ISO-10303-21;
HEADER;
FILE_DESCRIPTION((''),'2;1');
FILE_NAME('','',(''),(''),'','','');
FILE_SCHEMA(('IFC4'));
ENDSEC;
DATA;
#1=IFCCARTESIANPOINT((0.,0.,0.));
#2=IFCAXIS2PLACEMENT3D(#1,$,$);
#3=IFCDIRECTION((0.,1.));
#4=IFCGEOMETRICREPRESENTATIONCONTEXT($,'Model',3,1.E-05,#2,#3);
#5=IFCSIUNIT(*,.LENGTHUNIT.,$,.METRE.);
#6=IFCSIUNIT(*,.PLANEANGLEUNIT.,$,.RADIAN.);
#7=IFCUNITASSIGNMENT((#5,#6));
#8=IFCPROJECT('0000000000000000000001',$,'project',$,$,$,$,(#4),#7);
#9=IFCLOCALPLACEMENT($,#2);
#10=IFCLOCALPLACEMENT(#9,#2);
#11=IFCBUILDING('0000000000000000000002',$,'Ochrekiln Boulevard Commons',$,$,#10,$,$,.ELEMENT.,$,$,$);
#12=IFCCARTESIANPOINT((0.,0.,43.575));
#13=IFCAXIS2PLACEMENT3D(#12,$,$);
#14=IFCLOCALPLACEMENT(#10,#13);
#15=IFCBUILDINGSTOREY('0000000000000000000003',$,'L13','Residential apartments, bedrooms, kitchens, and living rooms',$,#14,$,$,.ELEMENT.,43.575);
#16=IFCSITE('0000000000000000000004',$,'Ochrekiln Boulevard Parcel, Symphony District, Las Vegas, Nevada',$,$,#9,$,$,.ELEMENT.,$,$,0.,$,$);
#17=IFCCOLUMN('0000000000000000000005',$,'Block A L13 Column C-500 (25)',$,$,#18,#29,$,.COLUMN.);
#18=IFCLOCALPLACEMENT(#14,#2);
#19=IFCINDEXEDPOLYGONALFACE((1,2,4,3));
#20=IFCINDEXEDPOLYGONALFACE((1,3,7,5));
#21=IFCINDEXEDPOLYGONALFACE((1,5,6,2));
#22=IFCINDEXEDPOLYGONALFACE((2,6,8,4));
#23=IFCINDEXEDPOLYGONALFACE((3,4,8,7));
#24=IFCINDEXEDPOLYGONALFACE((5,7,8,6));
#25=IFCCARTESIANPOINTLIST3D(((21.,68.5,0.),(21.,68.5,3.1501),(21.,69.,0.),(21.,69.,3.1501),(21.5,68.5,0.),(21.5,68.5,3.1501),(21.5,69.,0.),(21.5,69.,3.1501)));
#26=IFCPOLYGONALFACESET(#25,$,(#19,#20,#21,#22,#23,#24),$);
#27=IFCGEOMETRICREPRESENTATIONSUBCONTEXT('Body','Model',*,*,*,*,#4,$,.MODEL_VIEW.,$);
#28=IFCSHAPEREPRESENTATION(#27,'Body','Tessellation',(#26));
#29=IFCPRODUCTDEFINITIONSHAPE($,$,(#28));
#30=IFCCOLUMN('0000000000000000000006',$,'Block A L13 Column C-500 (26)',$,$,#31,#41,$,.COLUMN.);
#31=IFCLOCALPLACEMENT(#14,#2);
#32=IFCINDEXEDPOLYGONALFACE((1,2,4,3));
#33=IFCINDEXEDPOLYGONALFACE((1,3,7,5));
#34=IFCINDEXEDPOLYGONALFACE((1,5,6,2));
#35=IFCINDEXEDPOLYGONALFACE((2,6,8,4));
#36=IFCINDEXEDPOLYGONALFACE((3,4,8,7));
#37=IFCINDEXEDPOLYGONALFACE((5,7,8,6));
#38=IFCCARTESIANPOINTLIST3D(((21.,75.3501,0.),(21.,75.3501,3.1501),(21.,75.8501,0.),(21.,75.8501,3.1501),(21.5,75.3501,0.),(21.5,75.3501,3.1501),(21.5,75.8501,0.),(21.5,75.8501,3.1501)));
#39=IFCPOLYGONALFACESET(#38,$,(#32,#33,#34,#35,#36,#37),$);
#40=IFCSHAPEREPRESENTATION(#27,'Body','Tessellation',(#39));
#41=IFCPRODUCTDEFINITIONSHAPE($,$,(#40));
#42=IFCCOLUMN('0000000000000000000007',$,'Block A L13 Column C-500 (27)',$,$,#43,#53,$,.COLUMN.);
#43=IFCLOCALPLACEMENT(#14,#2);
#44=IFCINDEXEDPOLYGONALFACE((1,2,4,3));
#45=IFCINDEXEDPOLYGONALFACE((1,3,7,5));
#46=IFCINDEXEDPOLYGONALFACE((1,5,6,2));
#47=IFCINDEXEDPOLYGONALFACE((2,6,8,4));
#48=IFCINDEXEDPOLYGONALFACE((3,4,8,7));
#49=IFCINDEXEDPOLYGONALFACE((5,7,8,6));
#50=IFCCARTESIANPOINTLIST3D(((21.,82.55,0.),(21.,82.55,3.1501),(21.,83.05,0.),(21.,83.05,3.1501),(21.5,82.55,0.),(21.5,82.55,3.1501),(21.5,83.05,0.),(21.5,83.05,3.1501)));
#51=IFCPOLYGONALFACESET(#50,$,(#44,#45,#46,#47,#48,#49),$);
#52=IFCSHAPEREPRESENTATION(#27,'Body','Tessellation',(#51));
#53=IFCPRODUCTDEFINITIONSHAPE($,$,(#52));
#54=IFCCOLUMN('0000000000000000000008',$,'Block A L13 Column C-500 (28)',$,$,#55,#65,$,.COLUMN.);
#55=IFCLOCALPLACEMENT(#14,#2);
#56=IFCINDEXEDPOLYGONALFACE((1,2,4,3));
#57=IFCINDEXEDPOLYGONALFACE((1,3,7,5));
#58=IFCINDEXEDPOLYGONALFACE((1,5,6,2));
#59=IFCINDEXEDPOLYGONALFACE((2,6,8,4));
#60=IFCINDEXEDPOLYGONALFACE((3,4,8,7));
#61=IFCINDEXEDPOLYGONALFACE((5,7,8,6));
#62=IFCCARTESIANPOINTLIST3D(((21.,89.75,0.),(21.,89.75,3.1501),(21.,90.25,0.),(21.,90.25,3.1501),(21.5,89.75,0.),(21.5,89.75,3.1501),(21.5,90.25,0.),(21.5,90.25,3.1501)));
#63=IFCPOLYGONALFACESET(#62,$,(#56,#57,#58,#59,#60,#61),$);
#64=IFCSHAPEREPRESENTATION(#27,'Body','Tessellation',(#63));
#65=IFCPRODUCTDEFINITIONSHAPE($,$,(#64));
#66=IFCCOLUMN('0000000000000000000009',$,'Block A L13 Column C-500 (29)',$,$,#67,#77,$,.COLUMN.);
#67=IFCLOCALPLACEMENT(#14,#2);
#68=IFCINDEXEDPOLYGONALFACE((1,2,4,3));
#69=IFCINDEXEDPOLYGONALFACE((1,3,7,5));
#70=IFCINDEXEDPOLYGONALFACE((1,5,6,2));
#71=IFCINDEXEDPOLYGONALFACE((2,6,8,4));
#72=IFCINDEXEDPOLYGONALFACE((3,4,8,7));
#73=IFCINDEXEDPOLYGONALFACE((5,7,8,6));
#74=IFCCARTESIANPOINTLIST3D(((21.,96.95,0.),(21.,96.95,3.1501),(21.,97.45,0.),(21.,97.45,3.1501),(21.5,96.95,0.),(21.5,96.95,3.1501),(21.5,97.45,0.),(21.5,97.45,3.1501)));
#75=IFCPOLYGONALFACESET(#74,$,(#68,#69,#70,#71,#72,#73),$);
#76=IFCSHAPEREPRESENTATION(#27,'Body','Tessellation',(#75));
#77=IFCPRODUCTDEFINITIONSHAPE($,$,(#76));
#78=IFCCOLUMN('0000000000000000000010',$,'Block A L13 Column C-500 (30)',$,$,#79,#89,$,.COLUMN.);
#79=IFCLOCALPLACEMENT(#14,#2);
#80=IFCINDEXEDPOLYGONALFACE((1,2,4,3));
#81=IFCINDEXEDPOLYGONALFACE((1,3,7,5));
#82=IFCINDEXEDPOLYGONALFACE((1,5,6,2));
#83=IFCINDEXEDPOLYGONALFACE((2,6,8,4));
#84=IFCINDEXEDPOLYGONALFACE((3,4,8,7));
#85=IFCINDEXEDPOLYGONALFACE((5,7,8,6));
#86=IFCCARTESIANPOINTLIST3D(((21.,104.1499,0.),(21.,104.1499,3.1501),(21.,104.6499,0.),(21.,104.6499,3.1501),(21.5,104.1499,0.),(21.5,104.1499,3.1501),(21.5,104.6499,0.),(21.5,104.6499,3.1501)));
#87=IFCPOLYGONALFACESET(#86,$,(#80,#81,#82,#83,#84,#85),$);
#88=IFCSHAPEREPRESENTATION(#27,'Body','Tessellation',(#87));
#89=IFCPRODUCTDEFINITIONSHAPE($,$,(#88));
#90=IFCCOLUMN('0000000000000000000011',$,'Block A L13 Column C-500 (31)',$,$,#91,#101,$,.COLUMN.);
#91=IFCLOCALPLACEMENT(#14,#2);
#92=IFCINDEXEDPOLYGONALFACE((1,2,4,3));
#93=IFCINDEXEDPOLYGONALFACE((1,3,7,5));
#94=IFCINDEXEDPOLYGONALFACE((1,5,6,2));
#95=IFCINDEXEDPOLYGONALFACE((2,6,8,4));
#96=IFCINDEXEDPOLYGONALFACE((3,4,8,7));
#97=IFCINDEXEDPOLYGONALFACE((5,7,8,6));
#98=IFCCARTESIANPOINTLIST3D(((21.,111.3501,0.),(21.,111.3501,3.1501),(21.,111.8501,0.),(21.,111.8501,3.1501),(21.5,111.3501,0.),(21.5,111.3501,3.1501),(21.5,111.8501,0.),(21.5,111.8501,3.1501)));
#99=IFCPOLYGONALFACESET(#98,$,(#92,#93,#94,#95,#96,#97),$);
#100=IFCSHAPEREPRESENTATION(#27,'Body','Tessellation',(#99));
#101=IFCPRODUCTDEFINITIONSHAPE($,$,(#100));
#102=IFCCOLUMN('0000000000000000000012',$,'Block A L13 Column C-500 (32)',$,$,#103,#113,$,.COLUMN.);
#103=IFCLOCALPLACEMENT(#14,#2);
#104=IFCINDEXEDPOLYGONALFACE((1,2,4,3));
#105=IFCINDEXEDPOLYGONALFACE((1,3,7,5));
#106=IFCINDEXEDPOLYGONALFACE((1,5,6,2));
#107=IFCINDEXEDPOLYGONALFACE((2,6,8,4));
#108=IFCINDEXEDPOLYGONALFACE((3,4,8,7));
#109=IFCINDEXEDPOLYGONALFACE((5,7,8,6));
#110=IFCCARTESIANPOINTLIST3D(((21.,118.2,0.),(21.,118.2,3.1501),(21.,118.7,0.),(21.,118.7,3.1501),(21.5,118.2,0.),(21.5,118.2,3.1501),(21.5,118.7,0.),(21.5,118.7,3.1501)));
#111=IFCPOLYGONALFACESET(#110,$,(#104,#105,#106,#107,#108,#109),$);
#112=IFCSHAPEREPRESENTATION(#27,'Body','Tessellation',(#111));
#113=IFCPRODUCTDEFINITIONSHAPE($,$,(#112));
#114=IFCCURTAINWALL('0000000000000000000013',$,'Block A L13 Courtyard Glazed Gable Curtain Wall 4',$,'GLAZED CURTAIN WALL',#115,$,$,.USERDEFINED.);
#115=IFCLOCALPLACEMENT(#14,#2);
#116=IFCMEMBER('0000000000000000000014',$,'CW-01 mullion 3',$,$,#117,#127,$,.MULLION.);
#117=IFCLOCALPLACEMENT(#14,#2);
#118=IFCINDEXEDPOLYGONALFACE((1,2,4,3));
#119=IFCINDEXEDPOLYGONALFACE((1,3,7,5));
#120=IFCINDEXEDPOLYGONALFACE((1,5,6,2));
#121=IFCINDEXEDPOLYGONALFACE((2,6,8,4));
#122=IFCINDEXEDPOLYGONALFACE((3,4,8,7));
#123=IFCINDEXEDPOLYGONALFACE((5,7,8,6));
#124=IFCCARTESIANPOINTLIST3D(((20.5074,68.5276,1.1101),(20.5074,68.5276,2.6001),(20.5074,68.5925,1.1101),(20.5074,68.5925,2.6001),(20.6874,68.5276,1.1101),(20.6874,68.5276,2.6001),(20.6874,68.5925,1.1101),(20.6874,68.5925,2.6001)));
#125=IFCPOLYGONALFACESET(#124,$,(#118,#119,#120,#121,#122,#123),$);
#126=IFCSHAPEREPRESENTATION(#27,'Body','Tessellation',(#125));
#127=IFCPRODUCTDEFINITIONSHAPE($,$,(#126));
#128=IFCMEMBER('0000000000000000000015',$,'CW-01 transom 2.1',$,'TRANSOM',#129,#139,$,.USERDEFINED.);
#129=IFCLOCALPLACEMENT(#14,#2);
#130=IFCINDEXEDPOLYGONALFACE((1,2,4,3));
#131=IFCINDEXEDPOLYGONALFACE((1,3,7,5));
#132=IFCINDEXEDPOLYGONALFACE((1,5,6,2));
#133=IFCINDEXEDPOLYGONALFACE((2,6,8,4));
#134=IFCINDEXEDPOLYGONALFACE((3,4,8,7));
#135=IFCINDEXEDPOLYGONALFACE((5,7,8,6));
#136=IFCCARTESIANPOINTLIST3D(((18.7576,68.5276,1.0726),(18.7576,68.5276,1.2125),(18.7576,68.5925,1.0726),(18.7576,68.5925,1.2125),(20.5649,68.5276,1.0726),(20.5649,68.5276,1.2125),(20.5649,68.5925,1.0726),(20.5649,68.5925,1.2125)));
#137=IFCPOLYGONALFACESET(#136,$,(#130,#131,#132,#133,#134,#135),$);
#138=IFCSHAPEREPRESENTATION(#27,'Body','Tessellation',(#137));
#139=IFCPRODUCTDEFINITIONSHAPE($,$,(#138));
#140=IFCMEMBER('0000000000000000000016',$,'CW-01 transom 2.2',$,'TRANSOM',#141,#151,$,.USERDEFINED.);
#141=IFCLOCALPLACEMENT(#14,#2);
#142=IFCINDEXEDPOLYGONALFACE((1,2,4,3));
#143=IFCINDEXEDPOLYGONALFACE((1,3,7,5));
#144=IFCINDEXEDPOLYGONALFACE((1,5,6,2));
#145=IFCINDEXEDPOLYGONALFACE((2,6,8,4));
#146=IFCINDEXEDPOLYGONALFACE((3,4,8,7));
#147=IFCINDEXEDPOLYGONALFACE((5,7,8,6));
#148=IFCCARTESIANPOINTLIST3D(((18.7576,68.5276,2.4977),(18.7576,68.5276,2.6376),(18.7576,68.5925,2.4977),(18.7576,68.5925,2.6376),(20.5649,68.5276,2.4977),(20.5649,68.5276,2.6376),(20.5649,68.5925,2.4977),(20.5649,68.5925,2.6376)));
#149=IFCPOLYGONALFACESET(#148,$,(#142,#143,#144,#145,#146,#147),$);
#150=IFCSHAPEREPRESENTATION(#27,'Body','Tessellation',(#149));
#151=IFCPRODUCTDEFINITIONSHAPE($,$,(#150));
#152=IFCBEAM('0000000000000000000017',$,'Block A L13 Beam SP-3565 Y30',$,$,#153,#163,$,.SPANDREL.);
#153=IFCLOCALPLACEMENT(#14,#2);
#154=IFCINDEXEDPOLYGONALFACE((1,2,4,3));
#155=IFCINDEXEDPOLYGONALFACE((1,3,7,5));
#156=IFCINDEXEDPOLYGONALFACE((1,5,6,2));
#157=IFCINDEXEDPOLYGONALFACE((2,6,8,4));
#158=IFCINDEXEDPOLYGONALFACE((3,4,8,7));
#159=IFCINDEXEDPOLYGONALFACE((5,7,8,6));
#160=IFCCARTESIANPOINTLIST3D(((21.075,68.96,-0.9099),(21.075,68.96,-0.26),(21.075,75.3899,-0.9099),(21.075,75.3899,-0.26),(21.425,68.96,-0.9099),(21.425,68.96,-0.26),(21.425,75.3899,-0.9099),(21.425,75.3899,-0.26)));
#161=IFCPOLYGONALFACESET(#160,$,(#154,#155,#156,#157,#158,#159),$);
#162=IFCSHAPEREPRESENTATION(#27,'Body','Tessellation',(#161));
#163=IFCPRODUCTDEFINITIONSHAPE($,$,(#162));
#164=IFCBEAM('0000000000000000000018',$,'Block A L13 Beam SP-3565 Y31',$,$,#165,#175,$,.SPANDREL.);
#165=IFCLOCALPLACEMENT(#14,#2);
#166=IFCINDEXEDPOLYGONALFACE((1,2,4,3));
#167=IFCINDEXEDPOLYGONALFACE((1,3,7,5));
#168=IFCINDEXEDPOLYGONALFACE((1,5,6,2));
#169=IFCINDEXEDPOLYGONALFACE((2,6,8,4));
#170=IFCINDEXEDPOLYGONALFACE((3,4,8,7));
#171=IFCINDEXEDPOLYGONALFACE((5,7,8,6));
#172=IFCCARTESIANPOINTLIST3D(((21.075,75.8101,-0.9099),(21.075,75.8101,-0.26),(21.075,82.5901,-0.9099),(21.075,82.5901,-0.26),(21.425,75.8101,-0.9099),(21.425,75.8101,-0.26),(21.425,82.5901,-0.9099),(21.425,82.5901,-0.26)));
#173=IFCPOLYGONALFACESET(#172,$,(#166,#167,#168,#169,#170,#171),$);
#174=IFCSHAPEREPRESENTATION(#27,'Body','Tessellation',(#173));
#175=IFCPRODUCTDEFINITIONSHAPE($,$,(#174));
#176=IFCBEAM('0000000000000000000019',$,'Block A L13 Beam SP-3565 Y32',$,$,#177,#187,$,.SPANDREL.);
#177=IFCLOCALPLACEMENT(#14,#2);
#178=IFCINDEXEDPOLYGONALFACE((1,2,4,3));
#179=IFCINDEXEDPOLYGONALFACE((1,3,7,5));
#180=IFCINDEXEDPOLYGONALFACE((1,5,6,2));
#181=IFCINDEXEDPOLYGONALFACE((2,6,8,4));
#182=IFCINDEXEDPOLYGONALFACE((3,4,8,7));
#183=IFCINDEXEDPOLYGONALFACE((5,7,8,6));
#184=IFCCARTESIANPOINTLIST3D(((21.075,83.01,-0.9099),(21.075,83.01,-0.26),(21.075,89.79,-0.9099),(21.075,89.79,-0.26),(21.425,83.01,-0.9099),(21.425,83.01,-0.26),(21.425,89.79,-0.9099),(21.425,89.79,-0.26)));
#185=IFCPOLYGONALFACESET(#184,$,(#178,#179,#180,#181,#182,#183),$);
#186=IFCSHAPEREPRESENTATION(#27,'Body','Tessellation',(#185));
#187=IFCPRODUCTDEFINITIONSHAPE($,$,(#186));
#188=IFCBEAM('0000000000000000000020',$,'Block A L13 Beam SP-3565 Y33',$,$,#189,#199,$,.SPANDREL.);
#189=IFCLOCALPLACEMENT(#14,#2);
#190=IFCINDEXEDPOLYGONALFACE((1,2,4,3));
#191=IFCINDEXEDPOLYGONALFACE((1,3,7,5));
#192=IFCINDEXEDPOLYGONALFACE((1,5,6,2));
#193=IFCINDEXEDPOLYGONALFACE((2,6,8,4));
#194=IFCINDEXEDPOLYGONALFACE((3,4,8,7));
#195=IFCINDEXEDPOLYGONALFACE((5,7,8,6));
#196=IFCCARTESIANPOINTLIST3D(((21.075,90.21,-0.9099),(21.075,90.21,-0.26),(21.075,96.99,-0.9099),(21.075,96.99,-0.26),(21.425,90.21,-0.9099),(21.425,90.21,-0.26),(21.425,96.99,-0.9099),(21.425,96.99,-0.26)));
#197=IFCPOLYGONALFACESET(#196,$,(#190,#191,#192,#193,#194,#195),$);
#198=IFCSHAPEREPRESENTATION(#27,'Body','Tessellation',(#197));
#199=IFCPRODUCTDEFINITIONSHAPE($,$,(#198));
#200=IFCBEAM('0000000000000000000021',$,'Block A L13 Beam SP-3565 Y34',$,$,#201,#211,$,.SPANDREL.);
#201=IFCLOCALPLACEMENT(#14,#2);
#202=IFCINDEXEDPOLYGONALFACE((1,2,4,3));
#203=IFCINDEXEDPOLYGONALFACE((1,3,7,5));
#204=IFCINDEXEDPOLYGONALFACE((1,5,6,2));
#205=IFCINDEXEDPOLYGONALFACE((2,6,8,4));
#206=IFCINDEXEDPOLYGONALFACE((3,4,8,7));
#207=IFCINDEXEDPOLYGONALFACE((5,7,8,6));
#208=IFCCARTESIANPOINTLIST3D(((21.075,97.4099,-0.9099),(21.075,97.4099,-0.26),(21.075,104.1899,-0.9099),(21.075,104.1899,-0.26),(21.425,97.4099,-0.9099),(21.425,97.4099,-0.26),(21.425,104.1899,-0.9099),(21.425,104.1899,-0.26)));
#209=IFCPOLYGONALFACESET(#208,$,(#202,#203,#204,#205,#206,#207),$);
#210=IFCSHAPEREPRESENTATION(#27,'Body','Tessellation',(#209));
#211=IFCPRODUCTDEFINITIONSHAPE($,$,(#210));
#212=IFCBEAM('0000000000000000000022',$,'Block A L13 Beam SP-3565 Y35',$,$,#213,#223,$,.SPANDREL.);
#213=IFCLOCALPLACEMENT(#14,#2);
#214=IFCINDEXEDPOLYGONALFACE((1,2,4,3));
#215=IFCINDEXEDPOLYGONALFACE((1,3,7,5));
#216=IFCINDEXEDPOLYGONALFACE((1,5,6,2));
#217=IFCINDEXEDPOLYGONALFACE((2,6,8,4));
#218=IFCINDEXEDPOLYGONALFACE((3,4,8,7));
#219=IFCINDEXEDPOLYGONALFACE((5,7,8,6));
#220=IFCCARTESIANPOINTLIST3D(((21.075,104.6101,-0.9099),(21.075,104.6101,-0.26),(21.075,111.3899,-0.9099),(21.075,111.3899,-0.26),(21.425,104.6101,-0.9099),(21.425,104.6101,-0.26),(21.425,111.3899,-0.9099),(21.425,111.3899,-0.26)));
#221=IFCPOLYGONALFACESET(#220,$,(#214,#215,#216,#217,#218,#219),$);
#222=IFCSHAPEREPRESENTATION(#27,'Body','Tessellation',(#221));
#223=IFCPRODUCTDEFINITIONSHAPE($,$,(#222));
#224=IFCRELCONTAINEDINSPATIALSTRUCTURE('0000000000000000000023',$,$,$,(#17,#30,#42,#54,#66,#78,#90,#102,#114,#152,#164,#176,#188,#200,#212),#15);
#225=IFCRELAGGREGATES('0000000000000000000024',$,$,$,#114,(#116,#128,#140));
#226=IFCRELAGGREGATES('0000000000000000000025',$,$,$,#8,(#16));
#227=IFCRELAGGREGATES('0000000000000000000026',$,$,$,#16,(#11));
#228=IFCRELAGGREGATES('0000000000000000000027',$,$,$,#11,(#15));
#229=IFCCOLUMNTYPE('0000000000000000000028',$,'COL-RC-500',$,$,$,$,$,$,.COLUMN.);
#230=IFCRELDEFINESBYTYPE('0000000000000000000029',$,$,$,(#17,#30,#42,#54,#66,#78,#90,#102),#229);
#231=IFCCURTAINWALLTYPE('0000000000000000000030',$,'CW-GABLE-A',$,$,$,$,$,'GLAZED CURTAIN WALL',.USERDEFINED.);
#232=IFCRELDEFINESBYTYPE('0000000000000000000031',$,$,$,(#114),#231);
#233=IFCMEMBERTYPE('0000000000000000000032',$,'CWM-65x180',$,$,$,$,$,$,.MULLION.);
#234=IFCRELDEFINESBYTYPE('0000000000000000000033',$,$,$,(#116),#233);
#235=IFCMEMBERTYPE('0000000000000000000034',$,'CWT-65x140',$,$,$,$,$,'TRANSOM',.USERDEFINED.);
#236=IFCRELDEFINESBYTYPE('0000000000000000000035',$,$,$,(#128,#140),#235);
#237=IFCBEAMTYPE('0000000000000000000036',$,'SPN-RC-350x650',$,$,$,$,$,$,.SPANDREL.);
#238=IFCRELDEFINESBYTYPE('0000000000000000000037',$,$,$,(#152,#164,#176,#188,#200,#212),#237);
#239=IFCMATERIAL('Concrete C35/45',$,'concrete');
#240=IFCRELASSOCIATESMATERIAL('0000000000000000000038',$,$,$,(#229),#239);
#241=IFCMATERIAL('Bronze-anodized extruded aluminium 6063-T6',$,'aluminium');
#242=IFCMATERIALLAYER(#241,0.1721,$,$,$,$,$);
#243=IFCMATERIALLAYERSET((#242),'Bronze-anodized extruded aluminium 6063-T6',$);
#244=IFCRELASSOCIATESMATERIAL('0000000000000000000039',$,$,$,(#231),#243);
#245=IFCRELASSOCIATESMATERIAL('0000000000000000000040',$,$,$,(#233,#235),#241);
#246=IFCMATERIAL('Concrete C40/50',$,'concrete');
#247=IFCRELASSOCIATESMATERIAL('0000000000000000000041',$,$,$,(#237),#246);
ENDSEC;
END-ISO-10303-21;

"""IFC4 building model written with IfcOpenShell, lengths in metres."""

from ifc_helpers import new_model, si_unit, direction, frame, origin, origin_2d, place, context, subcontext, project, spatial, rectangle, extrude, material, layer, layer_set, material_profile, profile_set, type_object, element, aggregate, save


model = new_model("IFC4")

# Units and contexts
model_context = context("Model", 3, precision=1e-05, world=origin(), true_north=direction((0.0, 1.0)))
body_context = subcontext(model_context, "Body", "Model", "MODEL_VIEW")
ifc_project = project(units=[si_unit("LENGTHUNIT", "METRE"), si_unit("PLANEANGLEUNIT", "RADIAN")], contexts=[model_context])

# Site, building, storey
site_placement = place(None, origin())
site = spatial("IfcSite", under=ifc_project, at=site_placement, Name="Ochrekiln Boulevard Parcel, Symphony District, Las Vegas, Nevada", CompositionType="ELEMENT", RefElevation=0.0)
building_placement = place(site_placement, origin())
building = spatial("IfcBuilding", under=site, at=building_placement, Name="Ochrekiln Boulevard Commons", CompositionType="ELEMENT")
storey_placement = place(building_placement, frame((0.0, 0.0, 43.575)))
storey = spatial("IfcBuildingStorey", under=building, at=storey_placement, Name="L13", Description="Residential apartments, bedrooms, kitchens, and living rooms", CompositionType="ELEMENT", Elevation=43.575)

# Columns
ifc_material_1 = material(Name="Concrete C35/45", Category="concrete")
ifc_material_profile_1 = material_profile(ifc_material_1, rectangle(XDim=0.5, YDim=0.5, at=origin_2d()), Name="RC-COL-500x500")
ifc_profile_set_1 = profile_set([ifc_material_profile_1], Name="Concrete C35/45")
column_type = type_object("IfcColumnType", Name="COL-RC-500", PredefinedType="COLUMN", material=ifc_profile_set_1)
for number, where, z_axis, x_axis, name in (
    (1, (21.25, 68.75, 0.0), (0.0, 0.0, 1.0), (1.0, 0.0, 0.0), "Block A L13 Column C-500 (25)"),
    (2, (21.25, 75.6001, 0.0), (0.0, 0.0, 1.0), (1.0, 0.0, 0.0), "Block A L13 Column C-500 (26)"),
    (3, (21.25, 82.8, 0.0), (0.0, 0.0, 1.0), (1.0, 0.0, 0.0), "Block A L13 Column C-500 (27)"),
    (4, (21.25, 90.0, 0.0), (0.0, 0.0, 1.0), (1.0, 0.0, 0.0), "Block A L13 Column C-500 (28)"),
    (5, (21.25, 97.2, 0.0), (0.0, 0.0, 1.0), (1.0, 0.0, 0.0), "Block A L13 Column C-500 (29)"),
    (6, (21.25, 104.3999, 0.0), (0.0, 0.0, 1.0), (1.0, 0.0, 0.0), "Block A L13 Column C-500 (30)"),
    (7, (21.25, 111.6001, 0.0), (0.0, 0.0, 1.0), (1.0, 0.0, 0.0), "Block A L13 Column C-500 (31)"),
    (8, (21.25, 118.45, 0.0), (0.0, 0.0, 1.0), (1.0, 0.0, 0.0), "Block A L13 Column C-500 (32)"),
):
    element("IfcColumn", number, at=place(storey_placement, frame(where, z_axis=z_axis, x_axis=x_axis)), inside=storey, type_object=column_type, Name=name, PredefinedType="COLUMN", context=body_context, shape_type="SweptSolid", body=[
        extrude(rectangle(XDim=0.5, YDim=0.5, at=origin_2d()), origin(), (0.0, 0.0, 1.0), 3.1501),
    ])

# Curtain wall, members
ifc_material_2 = material(Name="Bronze-anodized extruded aluminium 6063-T6", Category="aluminium")
ifc_layer_1 = layer(ifc_material_2, 0.1721)
ifc_layer_set_1 = layer_set([ifc_layer_1], Name="Bronze-anodized extruded aluminium 6063-T6")
curtain_wall_type = type_object("IfcCurtainWallType", Name="CW-GABLE-A", ElementType="GLAZED CURTAIN WALL", PredefinedType="USERDEFINED", material=ifc_layer_set_1)
curtain_wall_placement = place(storey_placement, origin())
curtain_wall = element("IfcCurtainWall", 9, at=curtain_wall_placement, inside=storey, type_object=curtain_wall_type, Name="Block A L13 Courtyard Glazed Gable Curtain Wall 4", ObjectType="GLAZED CURTAIN WALL", PredefinedType="USERDEFINED")
ifc_material_profile_2 = material_profile(ifc_material_2, rectangle(XDim=0.0649, YDim=0.1799, at=origin_2d()), Name="ALU-MUL-65x180")
ifc_profile_set_2 = profile_set([ifc_material_profile_2], Name="Bronze-anodized extruded aluminium 6063-T6")
member_type_1 = type_object("IfcMemberType", Name="CWM-65x180", PredefinedType="MULLION", material=ifc_profile_set_2)
member_1_placement = place(storey_placement, frame((20.5974, 68.5601, 1.1101), z_axis=(0.0, 0.0, 1.0), x_axis=(0.0, 1.0, 0.0)))
member_1 = element("IfcMember", 10, at=member_1_placement, type_object=member_type_1, Name="CW-01 mullion 3", PredefinedType="MULLION", context=body_context, shape_type="SweptSolid", body=[
    extrude(rectangle(XDim=0.0649, YDim=0.1799, at=origin_2d()), origin(), (0.0, 0.0, 1.0), 1.49),
])
ifc_material_profile_3 = material_profile(ifc_material_2, rectangle(XDim=0.0649, YDim=0.1399, at=origin_2d()), Name="ALU-TRN-65x140")
ifc_profile_set_3 = profile_set([ifc_material_profile_3], Name="Bronze-anodized extruded aluminium 6063-T6")
member_type_2 = type_object("IfcMemberType", Name="CWT-65x140", ElementType="TRANSOM", PredefinedType="USERDEFINED", material=ifc_profile_set_3)
member_2_placement = place(storey_placement, frame((18.7576, 68.5601, 1.1426), z_axis=(1.0, 0.0, 0.0), x_axis=(0.0, 1.0, 0.0)))
member_2 = element("IfcMember", 11, at=member_2_placement, type_object=member_type_2, Name="CW-01 transom 2.1", ObjectType="TRANSOM", PredefinedType="USERDEFINED", context=body_context, shape_type="SweptSolid", body=[
    extrude(rectangle(XDim=0.0649, YDim=0.1399, at=origin_2d()), origin(), (0.0, 0.0, 1.0), 1.8074),
])
member_3_placement = place(storey_placement, frame((18.7576, 68.5601, 2.5676), z_axis=(1.0, 0.0, 0.0), x_axis=(0.0, 1.0, 0.0)))
member_3 = element("IfcMember", 12, at=member_3_placement, type_object=member_type_2, Name="CW-01 transom 2.2", ObjectType="TRANSOM", PredefinedType="USERDEFINED", context=body_context, shape_type="SweptSolid", body=[
    extrude(rectangle(XDim=0.0649, YDim=0.1399, at=origin_2d()), origin(), (0.0, 0.0, 1.0), 1.8074),
])

# Beams
ifc_material_3 = material(Name="Concrete C40/50", Category="concrete")
ifc_material_profile_4 = material_profile(ifc_material_3, rectangle(XDim=0.3501, YDim=0.6499, at=origin_2d()), Name="RC-SPN-350x650")
ifc_profile_set_4 = profile_set([ifc_material_profile_4], Name="Concrete C40/50")
beam_type = type_object("IfcBeamType", Name="SPN-RC-350x650", PredefinedType="SPANDREL", material=ifc_profile_set_4)
beam_1_placement = place(storey_placement, frame((21.25, 68.96, -0.585), z_axis=(0.0, 1.0, 0.0), x_axis=(-1.0, 0.0, 0.0)))
element("IfcBeam", 13, at=beam_1_placement, inside=storey, type_object=beam_type, Name="Block A L13 Beam SP-3565 Y30", PredefinedType="SPANDREL", context=body_context, shape_type="SweptSolid", body=[
    extrude(rectangle(XDim=0.3501, YDim=0.6499, at=origin_2d()), origin(), (0.0, 0.0, 1.0), 6.4299),
])
for number, where, z_axis, x_axis, name in (
    (14, (21.25, 75.8101, -0.585), (0.0, 1.0, 0.0), (-1.0, 0.0, 0.0), "Block A L13 Beam SP-3565 Y31"),
    (15, (21.25, 83.01, -0.585), (0.0, 1.0, 0.0), (-1.0, 0.0, 0.0), "Block A L13 Beam SP-3565 Y32"),
    (16, (21.25, 90.21, -0.585), (0.0, 1.0, 0.0), (-1.0, 0.0, 0.0), "Block A L13 Beam SP-3565 Y33"),
    (17, (21.25, 97.4099, -0.585), (0.0, 1.0, 0.0), (-1.0, 0.0, 0.0), "Block A L13 Beam SP-3565 Y34"),
):
    element("IfcBeam", number, at=place(storey_placement, frame(where, z_axis=z_axis, x_axis=x_axis)), inside=storey, type_object=beam_type, Name=name, PredefinedType="SPANDREL", context=body_context, shape_type="SweptSolid", body=[
        extrude(rectangle(XDim=0.3501, YDim=0.6499, at=origin_2d()), origin(), (0.0, 0.0, 1.0), 6.78),
    ])
beam_2_placement = place(storey_placement, frame((21.25, 104.6101, -0.585), z_axis=(0.0, 1.0, 0.0), x_axis=(-1.0, 0.0, 0.0)))
element("IfcBeam", 18, at=beam_2_placement, inside=storey, type_object=beam_type, Name="Block A L13 Beam SP-3565 Y35", PredefinedType="SPANDREL", context=body_context, shape_type="SweptSolid", body=[
    extrude(rectangle(XDim=0.3501, YDim=0.6499, at=origin_2d()), origin(), (0.0, 0.0, 1.0), 6.7798),
])

aggregate(curtain_wall, [member_1, member_2, member_3])

save(model, "model.ifc")
